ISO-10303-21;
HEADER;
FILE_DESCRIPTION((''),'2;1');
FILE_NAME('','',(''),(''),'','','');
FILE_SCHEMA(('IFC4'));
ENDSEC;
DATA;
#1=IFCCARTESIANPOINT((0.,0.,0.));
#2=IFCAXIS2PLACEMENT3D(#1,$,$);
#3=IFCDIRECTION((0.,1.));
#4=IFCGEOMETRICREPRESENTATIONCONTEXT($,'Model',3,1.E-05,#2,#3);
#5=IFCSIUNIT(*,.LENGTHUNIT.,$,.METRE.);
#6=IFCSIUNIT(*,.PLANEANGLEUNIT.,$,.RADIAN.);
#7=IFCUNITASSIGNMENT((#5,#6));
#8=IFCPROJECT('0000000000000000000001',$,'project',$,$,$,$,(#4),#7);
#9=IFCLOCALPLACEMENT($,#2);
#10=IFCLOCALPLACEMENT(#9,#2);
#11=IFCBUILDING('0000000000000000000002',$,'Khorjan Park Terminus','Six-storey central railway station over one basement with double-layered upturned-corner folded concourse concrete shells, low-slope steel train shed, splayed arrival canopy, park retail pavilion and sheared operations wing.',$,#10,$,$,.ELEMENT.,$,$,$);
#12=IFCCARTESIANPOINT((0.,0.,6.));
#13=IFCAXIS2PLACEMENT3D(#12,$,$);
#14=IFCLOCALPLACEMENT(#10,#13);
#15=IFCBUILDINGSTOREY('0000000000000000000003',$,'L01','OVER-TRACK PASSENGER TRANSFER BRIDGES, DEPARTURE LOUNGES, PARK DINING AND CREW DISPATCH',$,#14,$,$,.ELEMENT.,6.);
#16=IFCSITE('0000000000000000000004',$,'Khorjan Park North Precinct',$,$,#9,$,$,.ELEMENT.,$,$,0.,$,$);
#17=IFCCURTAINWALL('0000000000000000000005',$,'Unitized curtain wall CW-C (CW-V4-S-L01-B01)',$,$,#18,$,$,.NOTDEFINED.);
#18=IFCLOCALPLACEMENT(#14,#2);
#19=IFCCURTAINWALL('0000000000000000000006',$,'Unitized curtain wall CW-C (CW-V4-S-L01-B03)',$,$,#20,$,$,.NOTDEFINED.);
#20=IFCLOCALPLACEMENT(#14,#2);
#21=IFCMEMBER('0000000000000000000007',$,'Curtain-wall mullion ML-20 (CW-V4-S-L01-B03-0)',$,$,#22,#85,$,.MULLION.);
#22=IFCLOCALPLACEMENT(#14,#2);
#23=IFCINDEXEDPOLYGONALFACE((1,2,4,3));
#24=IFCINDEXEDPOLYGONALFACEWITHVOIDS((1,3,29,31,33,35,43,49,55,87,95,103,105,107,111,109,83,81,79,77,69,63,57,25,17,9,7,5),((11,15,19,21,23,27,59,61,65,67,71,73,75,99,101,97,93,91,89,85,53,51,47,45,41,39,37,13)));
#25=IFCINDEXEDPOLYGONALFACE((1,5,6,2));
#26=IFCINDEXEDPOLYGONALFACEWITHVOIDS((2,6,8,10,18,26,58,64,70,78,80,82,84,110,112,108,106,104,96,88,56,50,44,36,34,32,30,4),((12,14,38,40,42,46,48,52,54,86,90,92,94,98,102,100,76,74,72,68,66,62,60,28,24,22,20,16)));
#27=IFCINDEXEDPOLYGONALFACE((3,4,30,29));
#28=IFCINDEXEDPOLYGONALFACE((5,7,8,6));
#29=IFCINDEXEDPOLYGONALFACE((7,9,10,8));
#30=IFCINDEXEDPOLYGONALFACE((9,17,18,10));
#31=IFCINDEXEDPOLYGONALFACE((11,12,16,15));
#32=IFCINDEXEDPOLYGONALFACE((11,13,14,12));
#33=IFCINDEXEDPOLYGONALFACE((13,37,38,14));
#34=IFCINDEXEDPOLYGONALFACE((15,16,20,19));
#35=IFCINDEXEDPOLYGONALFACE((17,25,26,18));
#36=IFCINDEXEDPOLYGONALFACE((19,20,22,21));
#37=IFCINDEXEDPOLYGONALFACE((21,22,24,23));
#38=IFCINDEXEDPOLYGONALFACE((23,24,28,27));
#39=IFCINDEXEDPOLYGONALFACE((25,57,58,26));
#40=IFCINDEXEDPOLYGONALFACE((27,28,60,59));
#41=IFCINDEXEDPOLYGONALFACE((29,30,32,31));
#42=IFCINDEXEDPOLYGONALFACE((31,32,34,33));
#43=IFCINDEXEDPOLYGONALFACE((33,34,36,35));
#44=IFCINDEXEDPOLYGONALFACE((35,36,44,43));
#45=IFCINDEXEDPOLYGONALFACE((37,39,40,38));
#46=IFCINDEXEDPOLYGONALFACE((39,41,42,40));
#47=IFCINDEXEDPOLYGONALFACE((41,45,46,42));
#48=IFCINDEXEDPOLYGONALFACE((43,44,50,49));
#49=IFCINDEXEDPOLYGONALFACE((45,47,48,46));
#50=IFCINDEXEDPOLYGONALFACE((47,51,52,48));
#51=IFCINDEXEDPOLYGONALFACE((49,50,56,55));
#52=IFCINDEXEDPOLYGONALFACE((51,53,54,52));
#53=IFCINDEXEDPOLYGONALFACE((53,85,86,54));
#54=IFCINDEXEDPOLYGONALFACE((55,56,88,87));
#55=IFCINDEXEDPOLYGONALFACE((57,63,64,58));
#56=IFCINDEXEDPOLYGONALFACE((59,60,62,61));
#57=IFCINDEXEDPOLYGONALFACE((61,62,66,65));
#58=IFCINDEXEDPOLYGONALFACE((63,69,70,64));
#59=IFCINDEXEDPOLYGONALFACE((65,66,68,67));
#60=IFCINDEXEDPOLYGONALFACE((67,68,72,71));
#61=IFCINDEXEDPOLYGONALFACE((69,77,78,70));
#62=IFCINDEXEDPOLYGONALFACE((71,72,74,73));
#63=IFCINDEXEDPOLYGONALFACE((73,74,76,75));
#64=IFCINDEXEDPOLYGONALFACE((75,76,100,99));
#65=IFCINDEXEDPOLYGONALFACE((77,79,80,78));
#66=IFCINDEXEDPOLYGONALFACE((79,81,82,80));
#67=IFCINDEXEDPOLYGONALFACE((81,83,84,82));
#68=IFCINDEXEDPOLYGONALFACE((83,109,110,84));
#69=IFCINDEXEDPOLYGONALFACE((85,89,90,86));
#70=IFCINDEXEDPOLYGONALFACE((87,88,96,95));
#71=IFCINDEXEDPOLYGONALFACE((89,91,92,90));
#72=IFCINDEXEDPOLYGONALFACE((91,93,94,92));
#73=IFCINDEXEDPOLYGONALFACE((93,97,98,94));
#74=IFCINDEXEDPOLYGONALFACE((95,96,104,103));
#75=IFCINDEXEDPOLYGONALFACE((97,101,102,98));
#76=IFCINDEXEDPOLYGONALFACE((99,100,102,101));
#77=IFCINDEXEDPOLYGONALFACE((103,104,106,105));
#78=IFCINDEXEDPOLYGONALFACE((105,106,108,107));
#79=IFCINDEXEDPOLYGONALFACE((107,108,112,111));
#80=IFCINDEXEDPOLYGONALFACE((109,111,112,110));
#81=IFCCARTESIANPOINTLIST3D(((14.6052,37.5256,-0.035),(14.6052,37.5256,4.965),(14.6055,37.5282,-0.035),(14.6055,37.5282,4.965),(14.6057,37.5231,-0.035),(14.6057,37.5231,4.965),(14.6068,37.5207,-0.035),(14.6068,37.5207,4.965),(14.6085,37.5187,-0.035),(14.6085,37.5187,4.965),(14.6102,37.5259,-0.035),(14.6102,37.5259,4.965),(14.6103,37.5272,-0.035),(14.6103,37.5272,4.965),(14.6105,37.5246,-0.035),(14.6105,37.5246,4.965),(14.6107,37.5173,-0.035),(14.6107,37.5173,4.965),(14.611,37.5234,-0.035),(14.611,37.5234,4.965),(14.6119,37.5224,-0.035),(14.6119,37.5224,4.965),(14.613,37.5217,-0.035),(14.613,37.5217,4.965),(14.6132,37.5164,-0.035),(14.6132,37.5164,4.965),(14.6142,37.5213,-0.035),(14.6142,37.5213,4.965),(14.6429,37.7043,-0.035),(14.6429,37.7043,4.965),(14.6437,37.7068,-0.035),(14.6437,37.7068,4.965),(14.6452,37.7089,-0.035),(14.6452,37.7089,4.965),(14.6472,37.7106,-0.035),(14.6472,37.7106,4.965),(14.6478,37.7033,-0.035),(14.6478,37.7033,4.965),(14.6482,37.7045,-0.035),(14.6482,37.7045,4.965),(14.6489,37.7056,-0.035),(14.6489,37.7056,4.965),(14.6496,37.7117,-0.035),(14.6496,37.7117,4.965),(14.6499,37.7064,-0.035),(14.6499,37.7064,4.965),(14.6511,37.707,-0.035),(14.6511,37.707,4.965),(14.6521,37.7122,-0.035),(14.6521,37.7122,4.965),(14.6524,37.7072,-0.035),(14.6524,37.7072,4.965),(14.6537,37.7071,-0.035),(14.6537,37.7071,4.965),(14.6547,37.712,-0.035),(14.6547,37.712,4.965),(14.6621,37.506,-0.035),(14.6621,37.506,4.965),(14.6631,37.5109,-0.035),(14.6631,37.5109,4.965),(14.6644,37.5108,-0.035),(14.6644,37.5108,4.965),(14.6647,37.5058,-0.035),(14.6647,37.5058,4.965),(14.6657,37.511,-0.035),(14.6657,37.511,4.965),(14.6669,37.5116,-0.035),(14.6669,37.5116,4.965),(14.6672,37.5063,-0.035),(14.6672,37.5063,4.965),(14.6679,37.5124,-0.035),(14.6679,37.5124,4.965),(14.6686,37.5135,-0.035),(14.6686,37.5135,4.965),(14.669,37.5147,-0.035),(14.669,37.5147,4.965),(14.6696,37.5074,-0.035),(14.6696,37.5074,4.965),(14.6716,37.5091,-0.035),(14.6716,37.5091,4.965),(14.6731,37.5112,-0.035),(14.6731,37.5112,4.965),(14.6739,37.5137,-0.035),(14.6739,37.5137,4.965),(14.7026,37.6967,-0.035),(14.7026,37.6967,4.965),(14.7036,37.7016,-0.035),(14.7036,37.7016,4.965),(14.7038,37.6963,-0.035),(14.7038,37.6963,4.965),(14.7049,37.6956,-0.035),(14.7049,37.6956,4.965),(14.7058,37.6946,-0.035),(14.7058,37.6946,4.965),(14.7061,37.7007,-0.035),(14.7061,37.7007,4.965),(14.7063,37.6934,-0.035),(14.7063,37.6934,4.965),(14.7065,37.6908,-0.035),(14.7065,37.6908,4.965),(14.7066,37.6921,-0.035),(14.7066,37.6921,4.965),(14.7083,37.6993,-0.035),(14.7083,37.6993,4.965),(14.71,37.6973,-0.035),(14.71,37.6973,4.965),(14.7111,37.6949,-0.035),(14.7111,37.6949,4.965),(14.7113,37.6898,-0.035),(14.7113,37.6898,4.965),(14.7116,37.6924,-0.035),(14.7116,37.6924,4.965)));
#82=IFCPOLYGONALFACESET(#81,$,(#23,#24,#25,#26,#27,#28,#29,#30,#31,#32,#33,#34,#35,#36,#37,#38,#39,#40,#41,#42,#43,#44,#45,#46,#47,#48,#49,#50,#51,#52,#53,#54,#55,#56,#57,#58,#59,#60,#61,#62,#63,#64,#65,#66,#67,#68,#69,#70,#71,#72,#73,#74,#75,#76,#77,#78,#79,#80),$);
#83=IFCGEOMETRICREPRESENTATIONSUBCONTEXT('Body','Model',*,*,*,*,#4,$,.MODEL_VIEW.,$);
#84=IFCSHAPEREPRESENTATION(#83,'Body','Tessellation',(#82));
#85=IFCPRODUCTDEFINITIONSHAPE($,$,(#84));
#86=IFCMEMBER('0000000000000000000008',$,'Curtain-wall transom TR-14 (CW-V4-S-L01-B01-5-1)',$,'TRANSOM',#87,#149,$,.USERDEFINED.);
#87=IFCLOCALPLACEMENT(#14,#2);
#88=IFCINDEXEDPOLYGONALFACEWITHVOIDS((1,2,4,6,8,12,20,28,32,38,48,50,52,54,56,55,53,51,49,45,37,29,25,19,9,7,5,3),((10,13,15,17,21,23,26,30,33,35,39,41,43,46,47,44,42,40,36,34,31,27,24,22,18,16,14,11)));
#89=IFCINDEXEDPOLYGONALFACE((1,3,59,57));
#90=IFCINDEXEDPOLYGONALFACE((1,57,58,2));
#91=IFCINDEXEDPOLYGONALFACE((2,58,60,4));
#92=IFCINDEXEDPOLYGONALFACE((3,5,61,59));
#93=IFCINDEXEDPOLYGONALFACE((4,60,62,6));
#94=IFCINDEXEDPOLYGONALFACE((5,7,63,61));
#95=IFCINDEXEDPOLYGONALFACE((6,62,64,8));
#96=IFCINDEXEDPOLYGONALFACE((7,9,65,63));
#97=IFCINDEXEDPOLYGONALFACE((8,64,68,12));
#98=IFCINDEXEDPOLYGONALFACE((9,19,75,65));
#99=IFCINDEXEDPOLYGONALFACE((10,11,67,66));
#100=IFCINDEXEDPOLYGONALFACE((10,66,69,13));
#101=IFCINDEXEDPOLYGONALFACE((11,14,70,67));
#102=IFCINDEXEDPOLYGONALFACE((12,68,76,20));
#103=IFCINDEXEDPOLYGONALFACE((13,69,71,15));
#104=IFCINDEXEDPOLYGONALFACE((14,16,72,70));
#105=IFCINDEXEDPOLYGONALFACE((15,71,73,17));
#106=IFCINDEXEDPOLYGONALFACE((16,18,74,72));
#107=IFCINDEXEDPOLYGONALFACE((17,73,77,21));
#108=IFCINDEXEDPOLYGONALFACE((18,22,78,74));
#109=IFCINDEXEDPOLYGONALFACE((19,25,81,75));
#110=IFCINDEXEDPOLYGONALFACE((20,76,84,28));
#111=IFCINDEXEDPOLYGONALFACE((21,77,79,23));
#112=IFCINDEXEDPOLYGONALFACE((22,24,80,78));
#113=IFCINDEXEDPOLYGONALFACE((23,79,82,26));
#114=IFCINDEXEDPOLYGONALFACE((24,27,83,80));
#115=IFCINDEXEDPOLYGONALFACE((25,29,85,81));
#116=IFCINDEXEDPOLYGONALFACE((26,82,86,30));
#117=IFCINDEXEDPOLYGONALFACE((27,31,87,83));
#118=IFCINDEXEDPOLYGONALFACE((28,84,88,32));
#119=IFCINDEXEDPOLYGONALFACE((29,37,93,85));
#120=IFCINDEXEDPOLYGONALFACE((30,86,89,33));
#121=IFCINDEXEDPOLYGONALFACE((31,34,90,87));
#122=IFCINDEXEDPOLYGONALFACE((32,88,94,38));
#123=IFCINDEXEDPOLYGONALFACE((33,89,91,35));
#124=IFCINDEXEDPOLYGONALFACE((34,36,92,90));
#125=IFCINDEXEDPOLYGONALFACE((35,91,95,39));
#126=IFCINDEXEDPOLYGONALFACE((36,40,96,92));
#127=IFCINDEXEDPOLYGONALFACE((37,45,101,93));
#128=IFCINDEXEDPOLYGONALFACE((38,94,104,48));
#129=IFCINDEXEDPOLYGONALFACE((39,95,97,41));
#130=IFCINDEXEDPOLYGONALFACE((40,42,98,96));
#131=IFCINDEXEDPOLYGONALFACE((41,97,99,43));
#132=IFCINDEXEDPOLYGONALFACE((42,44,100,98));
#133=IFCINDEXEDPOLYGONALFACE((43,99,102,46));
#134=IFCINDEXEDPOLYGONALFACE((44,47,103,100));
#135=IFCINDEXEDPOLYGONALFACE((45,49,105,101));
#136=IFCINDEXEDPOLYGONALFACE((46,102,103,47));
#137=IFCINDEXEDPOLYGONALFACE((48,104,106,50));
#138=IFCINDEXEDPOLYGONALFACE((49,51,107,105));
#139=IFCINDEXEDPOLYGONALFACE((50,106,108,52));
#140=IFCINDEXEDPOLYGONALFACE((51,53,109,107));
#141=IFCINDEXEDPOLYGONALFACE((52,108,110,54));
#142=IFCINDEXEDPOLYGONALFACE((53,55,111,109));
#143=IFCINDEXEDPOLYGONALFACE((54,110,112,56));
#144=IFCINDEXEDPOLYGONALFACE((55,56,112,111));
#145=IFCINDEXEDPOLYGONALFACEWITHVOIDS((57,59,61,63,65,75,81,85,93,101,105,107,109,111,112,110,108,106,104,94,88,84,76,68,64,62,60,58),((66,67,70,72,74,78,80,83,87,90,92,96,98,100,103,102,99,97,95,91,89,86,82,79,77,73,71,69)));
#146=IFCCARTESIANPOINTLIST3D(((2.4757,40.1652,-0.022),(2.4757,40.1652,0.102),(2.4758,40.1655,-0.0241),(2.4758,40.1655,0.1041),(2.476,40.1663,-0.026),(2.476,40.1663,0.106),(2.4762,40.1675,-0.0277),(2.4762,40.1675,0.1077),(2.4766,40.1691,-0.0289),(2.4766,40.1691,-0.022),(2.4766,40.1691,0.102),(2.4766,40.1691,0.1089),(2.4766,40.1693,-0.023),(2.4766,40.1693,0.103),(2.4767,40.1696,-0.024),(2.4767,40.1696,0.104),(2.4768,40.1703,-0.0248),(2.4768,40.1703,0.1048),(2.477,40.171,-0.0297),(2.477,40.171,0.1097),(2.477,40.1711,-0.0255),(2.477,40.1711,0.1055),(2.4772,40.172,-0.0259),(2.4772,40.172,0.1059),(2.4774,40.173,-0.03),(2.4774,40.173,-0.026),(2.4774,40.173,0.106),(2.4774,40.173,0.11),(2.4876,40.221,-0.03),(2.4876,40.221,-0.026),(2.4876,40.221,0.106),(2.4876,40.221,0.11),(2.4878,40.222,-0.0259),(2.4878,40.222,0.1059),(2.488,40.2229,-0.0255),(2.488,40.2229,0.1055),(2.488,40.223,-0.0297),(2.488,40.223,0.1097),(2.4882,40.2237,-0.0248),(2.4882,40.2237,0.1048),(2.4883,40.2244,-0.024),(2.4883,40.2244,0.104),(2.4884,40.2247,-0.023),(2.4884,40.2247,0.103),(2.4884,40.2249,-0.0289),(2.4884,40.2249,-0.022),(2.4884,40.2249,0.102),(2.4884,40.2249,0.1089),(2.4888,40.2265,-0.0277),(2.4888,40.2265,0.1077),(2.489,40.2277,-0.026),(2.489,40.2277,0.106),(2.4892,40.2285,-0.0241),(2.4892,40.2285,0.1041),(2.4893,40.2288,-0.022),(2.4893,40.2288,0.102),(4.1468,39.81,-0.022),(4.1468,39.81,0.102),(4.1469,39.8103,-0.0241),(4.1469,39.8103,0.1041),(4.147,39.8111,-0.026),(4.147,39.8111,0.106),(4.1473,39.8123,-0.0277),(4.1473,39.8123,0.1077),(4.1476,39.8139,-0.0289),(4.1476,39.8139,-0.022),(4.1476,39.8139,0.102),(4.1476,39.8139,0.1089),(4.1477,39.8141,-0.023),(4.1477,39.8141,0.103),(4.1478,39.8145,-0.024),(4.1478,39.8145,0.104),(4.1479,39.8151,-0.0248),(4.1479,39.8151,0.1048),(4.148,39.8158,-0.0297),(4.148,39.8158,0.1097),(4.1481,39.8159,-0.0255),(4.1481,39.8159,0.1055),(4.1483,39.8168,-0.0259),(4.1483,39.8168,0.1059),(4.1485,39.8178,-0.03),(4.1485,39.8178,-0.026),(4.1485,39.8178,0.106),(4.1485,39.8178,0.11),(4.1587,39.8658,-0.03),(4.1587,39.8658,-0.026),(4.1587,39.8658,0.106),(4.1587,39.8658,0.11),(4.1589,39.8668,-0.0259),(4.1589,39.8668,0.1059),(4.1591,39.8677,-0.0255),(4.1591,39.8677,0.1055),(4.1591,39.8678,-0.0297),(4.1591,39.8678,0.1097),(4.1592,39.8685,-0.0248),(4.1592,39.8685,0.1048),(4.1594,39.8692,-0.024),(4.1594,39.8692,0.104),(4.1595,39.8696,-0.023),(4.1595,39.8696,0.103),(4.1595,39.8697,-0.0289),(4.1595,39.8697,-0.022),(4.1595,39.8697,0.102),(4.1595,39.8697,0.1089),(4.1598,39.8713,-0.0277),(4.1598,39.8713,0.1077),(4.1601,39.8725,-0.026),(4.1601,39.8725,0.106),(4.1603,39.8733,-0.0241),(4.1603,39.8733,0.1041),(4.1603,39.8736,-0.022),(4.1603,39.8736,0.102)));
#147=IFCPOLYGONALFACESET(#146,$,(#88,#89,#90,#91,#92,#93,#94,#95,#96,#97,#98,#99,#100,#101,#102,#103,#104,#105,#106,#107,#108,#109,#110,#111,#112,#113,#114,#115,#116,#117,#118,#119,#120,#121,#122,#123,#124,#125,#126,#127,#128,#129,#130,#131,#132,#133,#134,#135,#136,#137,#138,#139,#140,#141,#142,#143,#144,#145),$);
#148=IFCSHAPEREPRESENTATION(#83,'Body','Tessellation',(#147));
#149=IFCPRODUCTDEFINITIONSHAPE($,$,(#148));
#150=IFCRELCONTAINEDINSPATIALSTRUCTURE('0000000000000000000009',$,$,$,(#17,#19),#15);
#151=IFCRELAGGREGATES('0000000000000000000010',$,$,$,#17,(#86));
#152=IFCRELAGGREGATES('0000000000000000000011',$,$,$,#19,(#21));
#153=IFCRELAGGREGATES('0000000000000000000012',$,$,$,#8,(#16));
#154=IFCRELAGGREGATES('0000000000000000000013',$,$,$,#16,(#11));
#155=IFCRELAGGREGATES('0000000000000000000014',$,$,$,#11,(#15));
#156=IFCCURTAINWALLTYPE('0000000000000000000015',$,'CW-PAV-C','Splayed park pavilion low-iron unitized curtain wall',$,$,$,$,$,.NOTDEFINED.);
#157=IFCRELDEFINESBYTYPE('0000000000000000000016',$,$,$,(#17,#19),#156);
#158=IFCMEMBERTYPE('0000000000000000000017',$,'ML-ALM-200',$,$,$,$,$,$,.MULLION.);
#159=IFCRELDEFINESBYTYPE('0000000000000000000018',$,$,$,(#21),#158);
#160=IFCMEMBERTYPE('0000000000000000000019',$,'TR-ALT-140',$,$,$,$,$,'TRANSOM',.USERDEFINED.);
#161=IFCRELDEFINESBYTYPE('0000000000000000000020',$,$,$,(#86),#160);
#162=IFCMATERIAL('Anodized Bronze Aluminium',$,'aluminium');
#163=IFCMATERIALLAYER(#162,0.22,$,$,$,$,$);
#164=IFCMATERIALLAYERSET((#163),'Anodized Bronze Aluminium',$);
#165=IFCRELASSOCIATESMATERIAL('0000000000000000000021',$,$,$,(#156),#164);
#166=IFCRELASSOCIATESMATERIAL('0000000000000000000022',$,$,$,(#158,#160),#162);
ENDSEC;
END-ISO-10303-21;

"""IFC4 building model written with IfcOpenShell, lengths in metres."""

from ifc_helpers import new_model, si_unit, direction, frame, origin, origin_2d, place, context, subcontext, project, spatial, hollow_rectangle, extrude, material, layer, layer_set, material_profile, profile_set, type_object, element, aggregate, save


model = new_model("IFC4")

# Units and contexts
model_context = context("Model", 3, precision=1e-05, world=origin(), true_north=direction((0.0, 1.0)))
body_context = subcontext(model_context, "Body", "Model", "MODEL_VIEW")
ifc_project = project(units=[si_unit("LENGTHUNIT", "METRE"), si_unit("PLANEANGLEUNIT", "RADIAN")], contexts=[model_context])

# Site, building, storey
site_placement = place(None, origin())
site = spatial("IfcSite", under=ifc_project, at=site_placement, Name="Khorjan Park North Precinct", CompositionType="ELEMENT", RefElevation=0.0)
building_placement = place(site_placement, origin())
building = spatial("IfcBuilding", under=site, at=building_placement, Name="Khorjan Park Terminus", Description="Six-storey central railway station over one basement with double-layered upturned-corner folded concourse concrete shells, low-slope steel train shed, splayed arrival canopy, park retail pavilion and sheared operations wing.", CompositionType="ELEMENT")
storey_placement = place(building_placement, frame((0.0, 0.0, 6.0)))
storey = spatial("IfcBuildingStorey", under=building, at=storey_placement, Name="L01", Description="OVER-TRACK PASSENGER TRANSFER BRIDGES, DEPARTURE LOUNGES, PARK DINING AND CREW DISPATCH", CompositionType="ELEMENT", Elevation=6.0)

# Curtain wall
ifc_material_1 = material(Name="Anodized Bronze Aluminium", Category="aluminium")
ifc_layer_1 = layer(ifc_material_1, 0.22)
ifc_layer_set_1 = layer_set([ifc_layer_1], Name="Anodized Bronze Aluminium")
curtain_wall_type = type_object("IfcCurtainWallType", Name="CW-PAV-C", Description="Splayed park pavilion low-iron unitized curtain wall", PredefinedType="NOTDEFINED", material=ifc_layer_set_1)
curtain_wall_1_placement = place(storey_placement, origin())
curtain_wall_1 = element("IfcCurtainWall", 1, at=curtain_wall_1_placement, inside=storey, type_object=curtain_wall_type, Name="Unitized curtain wall CW-C (CW-V4-S-L01-B01)", PredefinedType="NOTDEFINED")
ifc_material_profile_1 = material_profile(ifc_material_1, hollow_rectangle(XDim=0.07, YDim=0.2, WallThickness=0.005, InnerFilletRadius=0.005, OuterFilletRadius=0.01, at=origin_2d()), Name="ALM 70x200x5")
ifc_profile_set_1 = profile_set([ifc_material_profile_1], Name="Anodized Bronze Aluminium")
member_type_1 = type_object("IfcMemberType", Name="ML-ALM-200", PredefinedType="MULLION", material=ifc_profile_set_1)

# Curtain wall, member
curtain_wall_2_placement = place(storey_placement, origin())
curtain_wall_2 = element("IfcCurtainWall", 2, at=curtain_wall_2_placement, inside=storey, type_object=curtain_wall_type, Name="Unitized curtain wall CW-C (CW-V4-S-L01-B03)", PredefinedType="NOTDEFINED")
member_1_placement = place(storey_placement, frame((14.6584, 37.609, -0.035), z_axis=(0.0, 0.0, 1.0), x_axis=(0.978147, -0.207914, 0.0)))
member_1 = element("IfcMember", 3, at=member_1_placement, type_object=member_type_1, Name="Curtain-wall mullion ML-20 (CW-V4-S-L01-B03-0)", PredefinedType="MULLION", context=body_context, shape_type="SweptSolid", body=[
    extrude(hollow_rectangle(XDim=0.07, YDim=0.2, WallThickness=0.005, InnerFilletRadius=0.005, OuterFilletRadius=0.01, at=origin_2d()), origin(), (0.0, 0.0, 1.0), 5.0),
])

# Member
ifc_material_profile_2 = material_profile(ifc_material_1, hollow_rectangle(XDim=0.065, YDim=0.14, WallThickness=0.004, InnerFilletRadius=0.004, OuterFilletRadius=0.008, at=origin_2d()), Name="ALT 65x140x4")
ifc_profile_set_2 = profile_set([ifc_material_profile_2], Name="Anodized Bronze Aluminium")
member_type_2 = type_object("IfcMemberType", Name="TR-ALT-140", ElementType="TRANSOM", PredefinedType="USERDEFINED", material=ifc_profile_set_2)
member_2_placement = place(storey_placement, frame((2.4825, 40.197, 0.04), z_axis=(0.978148, -0.20791, 0.0), x_axis=(0.20791, 0.978148, 0.0)))
member_2 = element("IfcMember", 4, at=member_2_placement, type_object=member_type_2, Name="Curtain-wall transom TR-14 (CW-V4-S-L01-B01-5-1)", ObjectType="TRANSOM", PredefinedType="USERDEFINED", context=body_context, shape_type="SweptSolid", body=[
    extrude(hollow_rectangle(XDim=0.065, YDim=0.14, WallThickness=0.004, InnerFilletRadius=0.004, OuterFilletRadius=0.008, at=origin_2d()), origin(), (0.0, 0.0, 1.0), 1.7084),
])

aggregate(curtain_wall_1, [member_2])
aggregate(curtain_wall_2, [member_1])

save(model, "model.ifc")
